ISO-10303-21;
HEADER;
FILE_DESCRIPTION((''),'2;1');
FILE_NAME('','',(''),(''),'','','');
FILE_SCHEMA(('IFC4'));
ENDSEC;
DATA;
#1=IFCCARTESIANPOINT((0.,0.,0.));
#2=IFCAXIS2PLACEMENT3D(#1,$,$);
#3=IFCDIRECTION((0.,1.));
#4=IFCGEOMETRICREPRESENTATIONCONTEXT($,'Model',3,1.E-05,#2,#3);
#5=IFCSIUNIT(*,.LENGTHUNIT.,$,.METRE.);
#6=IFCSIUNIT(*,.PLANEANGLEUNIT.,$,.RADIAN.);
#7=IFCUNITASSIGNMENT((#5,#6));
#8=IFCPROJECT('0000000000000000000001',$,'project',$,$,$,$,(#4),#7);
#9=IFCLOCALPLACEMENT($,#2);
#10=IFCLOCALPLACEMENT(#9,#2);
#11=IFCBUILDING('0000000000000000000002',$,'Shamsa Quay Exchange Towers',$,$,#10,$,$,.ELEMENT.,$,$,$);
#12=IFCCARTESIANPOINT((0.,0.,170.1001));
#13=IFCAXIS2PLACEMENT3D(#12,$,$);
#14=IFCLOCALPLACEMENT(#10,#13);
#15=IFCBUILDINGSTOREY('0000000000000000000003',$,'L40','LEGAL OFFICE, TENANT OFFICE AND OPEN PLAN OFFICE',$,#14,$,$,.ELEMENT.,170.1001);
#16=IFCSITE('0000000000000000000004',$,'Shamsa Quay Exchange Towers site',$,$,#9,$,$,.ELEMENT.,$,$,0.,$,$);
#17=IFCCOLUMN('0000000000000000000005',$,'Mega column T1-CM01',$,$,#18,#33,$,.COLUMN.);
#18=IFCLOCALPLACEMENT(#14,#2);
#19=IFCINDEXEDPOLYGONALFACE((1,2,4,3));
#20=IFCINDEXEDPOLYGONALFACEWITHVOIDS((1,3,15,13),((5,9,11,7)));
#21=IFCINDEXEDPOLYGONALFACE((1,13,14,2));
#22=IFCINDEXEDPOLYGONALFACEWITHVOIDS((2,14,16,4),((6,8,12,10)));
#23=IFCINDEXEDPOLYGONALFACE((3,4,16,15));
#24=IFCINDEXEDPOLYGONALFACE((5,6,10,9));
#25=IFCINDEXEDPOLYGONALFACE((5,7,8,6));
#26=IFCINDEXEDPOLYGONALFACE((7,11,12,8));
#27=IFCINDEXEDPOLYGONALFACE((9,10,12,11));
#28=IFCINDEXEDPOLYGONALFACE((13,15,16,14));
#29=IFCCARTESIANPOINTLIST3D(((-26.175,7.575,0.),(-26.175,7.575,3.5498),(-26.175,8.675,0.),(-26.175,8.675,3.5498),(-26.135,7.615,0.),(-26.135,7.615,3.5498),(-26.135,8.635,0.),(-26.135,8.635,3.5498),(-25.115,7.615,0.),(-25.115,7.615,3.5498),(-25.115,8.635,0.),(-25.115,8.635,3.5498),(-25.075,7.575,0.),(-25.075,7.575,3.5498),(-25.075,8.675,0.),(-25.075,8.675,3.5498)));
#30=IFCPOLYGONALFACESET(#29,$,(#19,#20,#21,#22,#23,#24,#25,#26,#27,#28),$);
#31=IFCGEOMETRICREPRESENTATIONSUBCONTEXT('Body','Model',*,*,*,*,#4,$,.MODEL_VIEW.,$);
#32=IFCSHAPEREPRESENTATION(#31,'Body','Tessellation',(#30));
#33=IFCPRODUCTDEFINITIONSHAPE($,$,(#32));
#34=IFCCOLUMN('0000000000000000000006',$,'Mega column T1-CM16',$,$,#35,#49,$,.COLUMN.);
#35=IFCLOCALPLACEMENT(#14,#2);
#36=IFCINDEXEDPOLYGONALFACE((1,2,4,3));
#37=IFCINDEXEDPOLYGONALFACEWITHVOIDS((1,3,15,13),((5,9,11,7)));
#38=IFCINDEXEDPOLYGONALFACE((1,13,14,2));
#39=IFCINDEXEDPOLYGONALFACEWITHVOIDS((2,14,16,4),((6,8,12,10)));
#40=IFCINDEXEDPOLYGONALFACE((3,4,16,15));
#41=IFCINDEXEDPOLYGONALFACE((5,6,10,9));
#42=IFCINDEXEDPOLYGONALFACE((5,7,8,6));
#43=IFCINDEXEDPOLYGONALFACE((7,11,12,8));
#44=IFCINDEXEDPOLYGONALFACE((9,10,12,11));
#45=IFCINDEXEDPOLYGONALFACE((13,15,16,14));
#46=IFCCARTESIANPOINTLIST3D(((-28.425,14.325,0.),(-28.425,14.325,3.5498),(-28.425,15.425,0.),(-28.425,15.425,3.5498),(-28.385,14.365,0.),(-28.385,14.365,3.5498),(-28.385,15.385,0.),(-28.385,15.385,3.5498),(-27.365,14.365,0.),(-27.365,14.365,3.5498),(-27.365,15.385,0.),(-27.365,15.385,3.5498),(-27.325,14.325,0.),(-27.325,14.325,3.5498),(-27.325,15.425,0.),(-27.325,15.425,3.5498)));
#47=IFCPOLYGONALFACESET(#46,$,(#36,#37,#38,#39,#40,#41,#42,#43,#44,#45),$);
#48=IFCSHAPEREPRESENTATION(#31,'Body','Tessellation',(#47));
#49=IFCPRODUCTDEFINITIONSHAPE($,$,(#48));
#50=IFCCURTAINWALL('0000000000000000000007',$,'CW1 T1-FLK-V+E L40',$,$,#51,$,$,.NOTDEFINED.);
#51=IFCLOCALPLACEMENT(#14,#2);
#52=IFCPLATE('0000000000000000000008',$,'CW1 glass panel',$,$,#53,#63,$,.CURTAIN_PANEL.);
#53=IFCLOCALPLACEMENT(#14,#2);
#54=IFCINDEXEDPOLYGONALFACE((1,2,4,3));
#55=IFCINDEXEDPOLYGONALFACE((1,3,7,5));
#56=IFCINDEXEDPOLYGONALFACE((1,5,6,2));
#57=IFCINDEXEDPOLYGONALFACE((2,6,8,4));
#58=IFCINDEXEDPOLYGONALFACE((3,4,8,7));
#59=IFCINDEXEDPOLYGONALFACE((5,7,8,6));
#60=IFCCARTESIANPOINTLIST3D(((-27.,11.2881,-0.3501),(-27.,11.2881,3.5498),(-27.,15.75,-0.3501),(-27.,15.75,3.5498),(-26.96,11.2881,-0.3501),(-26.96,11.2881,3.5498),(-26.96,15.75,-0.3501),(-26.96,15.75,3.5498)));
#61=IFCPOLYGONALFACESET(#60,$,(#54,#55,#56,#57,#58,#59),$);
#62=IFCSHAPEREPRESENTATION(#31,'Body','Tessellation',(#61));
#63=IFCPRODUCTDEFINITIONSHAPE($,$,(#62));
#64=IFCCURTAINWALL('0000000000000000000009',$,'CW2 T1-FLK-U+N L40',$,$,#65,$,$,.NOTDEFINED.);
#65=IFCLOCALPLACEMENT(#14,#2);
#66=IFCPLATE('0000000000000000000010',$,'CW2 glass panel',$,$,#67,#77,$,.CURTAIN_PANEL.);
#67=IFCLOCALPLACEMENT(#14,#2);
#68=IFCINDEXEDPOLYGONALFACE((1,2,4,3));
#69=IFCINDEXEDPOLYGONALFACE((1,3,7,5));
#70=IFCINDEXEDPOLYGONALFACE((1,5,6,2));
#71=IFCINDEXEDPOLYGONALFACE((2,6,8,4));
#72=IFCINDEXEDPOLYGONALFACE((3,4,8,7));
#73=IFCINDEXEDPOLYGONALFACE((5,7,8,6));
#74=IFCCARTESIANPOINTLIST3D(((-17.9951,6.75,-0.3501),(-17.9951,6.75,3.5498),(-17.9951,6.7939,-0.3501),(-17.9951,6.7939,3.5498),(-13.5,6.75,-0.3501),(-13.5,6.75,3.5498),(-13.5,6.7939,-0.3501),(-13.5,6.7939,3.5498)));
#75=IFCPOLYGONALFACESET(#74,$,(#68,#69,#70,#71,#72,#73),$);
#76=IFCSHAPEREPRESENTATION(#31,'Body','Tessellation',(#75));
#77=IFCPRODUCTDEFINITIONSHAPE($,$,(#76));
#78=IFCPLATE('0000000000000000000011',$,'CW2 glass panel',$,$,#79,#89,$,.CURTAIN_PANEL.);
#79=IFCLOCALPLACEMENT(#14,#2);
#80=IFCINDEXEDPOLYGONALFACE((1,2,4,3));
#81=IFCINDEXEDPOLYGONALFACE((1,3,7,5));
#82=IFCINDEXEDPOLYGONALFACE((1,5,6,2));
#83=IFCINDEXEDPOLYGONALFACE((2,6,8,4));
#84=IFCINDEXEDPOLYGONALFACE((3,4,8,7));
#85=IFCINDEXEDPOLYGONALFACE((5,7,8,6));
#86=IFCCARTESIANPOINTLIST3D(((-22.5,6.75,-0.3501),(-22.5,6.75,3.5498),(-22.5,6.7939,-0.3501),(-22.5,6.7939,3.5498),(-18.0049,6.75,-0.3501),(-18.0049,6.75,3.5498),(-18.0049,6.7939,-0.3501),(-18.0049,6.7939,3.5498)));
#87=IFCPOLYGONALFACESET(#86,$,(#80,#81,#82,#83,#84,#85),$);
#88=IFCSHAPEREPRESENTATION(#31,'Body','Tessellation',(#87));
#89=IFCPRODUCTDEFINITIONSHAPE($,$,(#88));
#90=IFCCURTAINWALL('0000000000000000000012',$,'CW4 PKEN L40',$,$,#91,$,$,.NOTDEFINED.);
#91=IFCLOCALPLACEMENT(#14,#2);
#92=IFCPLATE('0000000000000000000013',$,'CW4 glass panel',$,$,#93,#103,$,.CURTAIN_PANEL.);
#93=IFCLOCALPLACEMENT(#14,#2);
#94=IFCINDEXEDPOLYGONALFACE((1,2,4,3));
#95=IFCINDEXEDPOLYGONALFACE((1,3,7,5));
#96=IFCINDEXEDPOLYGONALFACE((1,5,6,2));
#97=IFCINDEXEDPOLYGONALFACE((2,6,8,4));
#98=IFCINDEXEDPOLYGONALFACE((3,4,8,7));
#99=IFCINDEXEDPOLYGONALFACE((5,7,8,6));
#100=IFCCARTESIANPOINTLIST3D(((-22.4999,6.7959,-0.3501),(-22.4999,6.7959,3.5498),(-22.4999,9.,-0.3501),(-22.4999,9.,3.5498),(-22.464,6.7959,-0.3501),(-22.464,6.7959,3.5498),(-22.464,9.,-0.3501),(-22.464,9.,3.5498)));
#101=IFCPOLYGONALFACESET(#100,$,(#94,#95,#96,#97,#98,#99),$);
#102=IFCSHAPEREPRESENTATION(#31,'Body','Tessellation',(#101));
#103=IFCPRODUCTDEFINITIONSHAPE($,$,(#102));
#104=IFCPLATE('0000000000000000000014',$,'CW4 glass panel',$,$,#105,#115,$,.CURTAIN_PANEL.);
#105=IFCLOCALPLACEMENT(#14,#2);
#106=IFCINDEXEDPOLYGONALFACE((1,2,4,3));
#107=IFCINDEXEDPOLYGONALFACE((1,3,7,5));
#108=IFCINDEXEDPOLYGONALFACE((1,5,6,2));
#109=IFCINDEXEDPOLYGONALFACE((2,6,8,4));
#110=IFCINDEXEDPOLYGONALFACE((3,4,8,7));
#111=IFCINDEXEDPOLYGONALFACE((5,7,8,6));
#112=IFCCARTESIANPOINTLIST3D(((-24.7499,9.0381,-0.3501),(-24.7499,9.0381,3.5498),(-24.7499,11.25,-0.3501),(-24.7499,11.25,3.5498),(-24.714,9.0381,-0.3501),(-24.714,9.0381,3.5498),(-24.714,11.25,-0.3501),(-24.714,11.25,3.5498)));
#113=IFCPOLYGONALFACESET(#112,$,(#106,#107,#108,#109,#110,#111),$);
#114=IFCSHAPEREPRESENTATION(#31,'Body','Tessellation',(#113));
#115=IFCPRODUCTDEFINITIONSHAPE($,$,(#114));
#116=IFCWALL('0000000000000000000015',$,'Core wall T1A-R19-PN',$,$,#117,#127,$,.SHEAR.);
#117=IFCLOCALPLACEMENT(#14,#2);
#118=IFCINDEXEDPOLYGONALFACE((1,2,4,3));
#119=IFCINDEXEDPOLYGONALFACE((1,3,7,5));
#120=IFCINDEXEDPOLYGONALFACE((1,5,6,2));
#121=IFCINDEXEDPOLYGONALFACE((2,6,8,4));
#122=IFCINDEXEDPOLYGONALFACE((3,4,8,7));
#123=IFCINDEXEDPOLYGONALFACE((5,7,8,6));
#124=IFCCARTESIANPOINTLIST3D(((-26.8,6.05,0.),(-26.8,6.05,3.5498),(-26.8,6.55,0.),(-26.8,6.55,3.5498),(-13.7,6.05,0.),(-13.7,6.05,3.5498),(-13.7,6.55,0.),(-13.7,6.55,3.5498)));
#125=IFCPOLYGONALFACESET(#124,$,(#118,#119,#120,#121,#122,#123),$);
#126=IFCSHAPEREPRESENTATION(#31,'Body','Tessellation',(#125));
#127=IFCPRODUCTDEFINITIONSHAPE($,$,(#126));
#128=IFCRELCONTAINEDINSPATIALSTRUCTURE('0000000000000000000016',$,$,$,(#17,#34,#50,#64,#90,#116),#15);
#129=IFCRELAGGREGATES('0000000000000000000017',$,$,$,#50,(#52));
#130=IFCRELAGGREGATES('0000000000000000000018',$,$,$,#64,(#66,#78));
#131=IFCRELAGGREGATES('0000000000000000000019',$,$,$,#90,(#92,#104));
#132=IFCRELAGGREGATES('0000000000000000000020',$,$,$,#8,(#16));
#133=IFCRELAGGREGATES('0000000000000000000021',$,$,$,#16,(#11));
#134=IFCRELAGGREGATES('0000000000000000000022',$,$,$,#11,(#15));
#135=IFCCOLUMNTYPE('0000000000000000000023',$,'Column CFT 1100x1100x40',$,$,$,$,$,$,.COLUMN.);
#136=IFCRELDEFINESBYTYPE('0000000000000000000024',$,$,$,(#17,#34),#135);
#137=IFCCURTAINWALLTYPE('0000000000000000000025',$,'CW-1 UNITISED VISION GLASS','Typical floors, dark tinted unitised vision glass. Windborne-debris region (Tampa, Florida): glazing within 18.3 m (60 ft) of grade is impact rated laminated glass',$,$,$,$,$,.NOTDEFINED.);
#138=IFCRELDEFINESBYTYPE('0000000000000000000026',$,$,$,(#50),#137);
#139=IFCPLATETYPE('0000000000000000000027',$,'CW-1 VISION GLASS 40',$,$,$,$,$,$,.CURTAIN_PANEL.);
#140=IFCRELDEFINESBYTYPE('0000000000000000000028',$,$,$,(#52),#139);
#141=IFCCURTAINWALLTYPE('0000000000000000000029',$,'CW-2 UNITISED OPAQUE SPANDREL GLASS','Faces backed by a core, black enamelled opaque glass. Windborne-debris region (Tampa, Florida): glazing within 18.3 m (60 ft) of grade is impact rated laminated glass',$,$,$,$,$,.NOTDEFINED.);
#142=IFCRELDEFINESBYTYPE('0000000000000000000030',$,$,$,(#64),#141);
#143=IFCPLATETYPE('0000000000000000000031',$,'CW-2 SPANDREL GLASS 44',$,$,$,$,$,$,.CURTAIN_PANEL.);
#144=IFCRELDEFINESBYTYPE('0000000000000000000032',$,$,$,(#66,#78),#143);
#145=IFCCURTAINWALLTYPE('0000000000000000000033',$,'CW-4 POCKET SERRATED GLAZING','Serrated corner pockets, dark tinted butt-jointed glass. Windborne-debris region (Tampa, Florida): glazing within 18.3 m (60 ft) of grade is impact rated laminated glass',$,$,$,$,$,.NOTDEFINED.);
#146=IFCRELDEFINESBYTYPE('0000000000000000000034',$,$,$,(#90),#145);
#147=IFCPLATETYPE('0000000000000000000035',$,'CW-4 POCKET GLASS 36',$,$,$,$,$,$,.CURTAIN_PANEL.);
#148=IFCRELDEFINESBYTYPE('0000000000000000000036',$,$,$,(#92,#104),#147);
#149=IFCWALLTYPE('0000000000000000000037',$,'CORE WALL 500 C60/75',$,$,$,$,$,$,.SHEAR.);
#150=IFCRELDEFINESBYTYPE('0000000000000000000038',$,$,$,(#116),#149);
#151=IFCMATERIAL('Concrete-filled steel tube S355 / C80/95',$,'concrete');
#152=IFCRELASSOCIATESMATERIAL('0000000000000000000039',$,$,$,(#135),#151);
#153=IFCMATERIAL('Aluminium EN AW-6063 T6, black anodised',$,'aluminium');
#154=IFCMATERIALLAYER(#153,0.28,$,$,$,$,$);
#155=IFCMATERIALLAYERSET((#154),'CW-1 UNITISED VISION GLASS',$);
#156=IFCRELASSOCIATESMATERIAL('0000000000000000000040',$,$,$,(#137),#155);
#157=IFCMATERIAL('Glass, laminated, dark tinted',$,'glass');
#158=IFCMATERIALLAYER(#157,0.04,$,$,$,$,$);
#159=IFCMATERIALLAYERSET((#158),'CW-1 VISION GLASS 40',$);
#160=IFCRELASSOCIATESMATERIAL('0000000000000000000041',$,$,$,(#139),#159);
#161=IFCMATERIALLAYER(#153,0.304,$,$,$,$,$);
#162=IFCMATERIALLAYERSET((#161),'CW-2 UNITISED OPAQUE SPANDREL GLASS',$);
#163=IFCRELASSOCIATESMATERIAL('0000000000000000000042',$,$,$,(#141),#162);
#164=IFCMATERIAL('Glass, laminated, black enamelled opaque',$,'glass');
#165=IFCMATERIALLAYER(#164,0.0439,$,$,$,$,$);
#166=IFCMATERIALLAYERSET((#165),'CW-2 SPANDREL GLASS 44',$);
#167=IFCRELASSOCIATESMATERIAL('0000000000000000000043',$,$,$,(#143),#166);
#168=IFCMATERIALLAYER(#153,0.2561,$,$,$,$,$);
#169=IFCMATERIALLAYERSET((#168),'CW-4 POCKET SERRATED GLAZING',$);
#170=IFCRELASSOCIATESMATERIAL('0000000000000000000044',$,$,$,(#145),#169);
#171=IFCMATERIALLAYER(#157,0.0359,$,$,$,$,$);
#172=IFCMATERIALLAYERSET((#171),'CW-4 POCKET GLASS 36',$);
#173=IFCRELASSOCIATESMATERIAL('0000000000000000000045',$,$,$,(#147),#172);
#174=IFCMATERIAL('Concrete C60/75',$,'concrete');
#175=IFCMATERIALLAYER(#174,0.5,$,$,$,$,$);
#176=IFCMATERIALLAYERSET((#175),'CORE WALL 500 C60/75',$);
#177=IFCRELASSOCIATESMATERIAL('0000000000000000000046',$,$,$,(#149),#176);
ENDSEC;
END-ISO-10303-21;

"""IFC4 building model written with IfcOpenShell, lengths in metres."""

from ifc_helpers import new_model, si_unit, direction, frame, frame_2d, origin, origin_2d, place, context, subcontext, project, spatial, rectangle, hollow_rectangle, extrude, material, layer, layer_set, material_profile, profile_set, type_object, element, aggregate, save


model = new_model("IFC4")

# Units and contexts
model_context = context("Model", 3, precision=1e-05, world=origin(), true_north=direction((0.0, 1.0)))
body_context = subcontext(model_context, "Body", "Model", "MODEL_VIEW")
ifc_project = project(units=[si_unit("LENGTHUNIT", "METRE"), si_unit("PLANEANGLEUNIT", "RADIAN")], contexts=[model_context])

# Site, building, storey
site_placement = place(None, origin())
site = spatial("IfcSite", under=ifc_project, at=site_placement, Name="Shamsa Quay Exchange Towers site", CompositionType="ELEMENT", RefElevation=0.0)
building_placement = place(site_placement, origin())
building = spatial("IfcBuilding", under=site, at=building_placement, Name="Shamsa Quay Exchange Towers", CompositionType="ELEMENT")
storey_placement = place(building_placement, frame((0.0, 0.0, 170.1001)))
storey = spatial("IfcBuildingStorey", under=building, at=storey_placement, Name="L40", Description="LEGAL OFFICE, TENANT OFFICE AND OPEN PLAN OFFICE", CompositionType="ELEMENT", Elevation=170.1001)

# Columns
ifc_material_1 = material(Name="Concrete-filled steel tube S355 / C80/95", Category="concrete")
ifc_material_profile = material_profile(ifc_material_1, hollow_rectangle(XDim=1.1001, YDim=1.1001, WallThickness=0.04, at=origin_2d()), Name="CFT 1100x1100x40")
ifc_profile_set = profile_set([ifc_material_profile], Name="Concrete-filled steel tube S355 / C80/95")
column_type = type_object("IfcColumnType", Name="Column CFT 1100x1100x40", PredefinedType="COLUMN", material=ifc_profile_set)
for number, where, name in (
    (1, (-25.625, 8.125, 0.0), "Mega column T1-CM01"),
    (2, (-27.875, 14.875, 0.0), "Mega column T1-CM16"),
):
    element("IfcColumn", number, at=place(storey_placement, frame(where)), inside=storey, type_object=column_type, Name=name, PredefinedType="COLUMN", context=body_context, shape_type="SweptSolid", body=[
        extrude(hollow_rectangle(XDim=1.1001, YDim=1.1001, WallThickness=0.04, at=origin_2d()), origin(), (0.0, 0.0, 1.0), 3.5498),
    ])

# Curtain wall, plate
ifc_material_2 = material(Name="Aluminium EN AW-6063 T6, black anodised", Category="aluminium")
ifc_layer_1 = layer(ifc_material_2, 0.28)
ifc_layer_set_1 = layer_set([ifc_layer_1], Name="CW-1 UNITISED VISION GLASS")
curtain_wall_type_1 = type_object("IfcCurtainWallType", Name="CW-1 UNITISED VISION GLASS", Description="Typical floors, dark tinted unitised vision glass. Windborne-debris region (Tampa, Florida): glazing within 18.3 m (60 ft) of grade is impact rated laminated glass", PredefinedType="NOTDEFINED", material=ifc_layer_set_1)
curtain_wall_1_placement = place(storey_placement, origin())
curtain_wall_1 = element("IfcCurtainWall", 3, at=curtain_wall_1_placement, inside=storey, type_object=curtain_wall_type_1, Name="CW1 T1-FLK-V+E L40", PredefinedType="NOTDEFINED")
ifc_material_3 = material(Name="Glass, laminated, dark tinted", Category="glass")
ifc_layer_2 = layer(ifc_material_3, 0.04)
ifc_layer_set_2 = layer_set([ifc_layer_2], Name="CW-1 VISION GLASS 40")
plate_type_1 = type_object("IfcPlateType", Name="CW-1 VISION GLASS 40", PredefinedType="CURTAIN_PANEL", material=ifc_layer_set_2)
plate_1_placement = place(storey_placement, frame((-26.98, 13.519, -0.3501), z_axis=(0.0, 0.0, 1.0), x_axis=(0.0, 1.0, 0.0)))
plate_1 = element("IfcPlate", 4, at=plate_1_placement, type_object=plate_type_1, Name="CW1 glass panel", PredefinedType="CURTAIN_PANEL", context=body_context, shape_type="SweptSolid", body=[
    extrude(rectangle(XDim=4.4619, YDim=0.04, at=origin_2d()), origin(), (0.0, 0.0, 1.0), 3.8999),
])
aggregate(curtain_wall_1, [plate_1])

# Curtain walls, plates
ifc_layer_3 = layer(ifc_material_2, 0.304)
ifc_layer_set_3 = layer_set([ifc_layer_3], Name="CW-2 UNITISED OPAQUE SPANDREL GLASS")
curtain_wall_type_2 = type_object("IfcCurtainWallType", Name="CW-2 UNITISED OPAQUE SPANDREL GLASS", Description="Faces backed by a core, black enamelled opaque glass. Windborne-debris region (Tampa, Florida): glazing within 18.3 m (60 ft) of grade is impact rated laminated glass", PredefinedType="NOTDEFINED", material=ifc_layer_set_3)
curtain_wall_2_placement = place(storey_placement, origin())
curtain_wall_2 = element("IfcCurtainWall", 5, at=curtain_wall_2_placement, inside=storey, type_object=curtain_wall_type_2, Name="CW2 T1-FLK-U+N L40", PredefinedType="NOTDEFINED")
ifc_material_4 = material(Name="Glass, laminated, black enamelled opaque", Category="glass")
ifc_layer_4 = layer(ifc_material_4, 0.0439)
ifc_layer_set_4 = layer_set([ifc_layer_4], Name="CW-2 SPANDREL GLASS 44")
plate_type_2 = type_object("IfcPlateType", Name="CW-2 SPANDREL GLASS 44", PredefinedType="CURTAIN_PANEL", material=ifc_layer_set_4)
plate_2_placement = place(storey_placement, frame((-15.7476, 6.772, -0.3501), z_axis=(0.0, 0.0, 1.0), x_axis=(-1.0, 0.0, 0.0)))
plate_2 = element("IfcPlate", 6, at=plate_2_placement, type_object=plate_type_2, Name="CW2 glass panel", PredefinedType="CURTAIN_PANEL", context=body_context, shape_type="SweptSolid", body=[
    extrude(rectangle(XDim=4.4951, YDim=0.0439, at=origin_2d()), origin(), (0.0, 0.0, 1.0), 3.8999),
])
plate_3_placement = place(storey_placement, frame((-20.2524, 6.772, -0.3501), z_axis=(0.0, 0.0, 1.0), x_axis=(-1.0, 0.0, 0.0)))
plate_3 = element("IfcPlate", 7, at=plate_3_placement, type_object=plate_type_2, Name="CW2 glass panel", PredefinedType="CURTAIN_PANEL", context=body_context, shape_type="SweptSolid", body=[
    extrude(rectangle(XDim=4.4951, YDim=0.0439, at=origin_2d()), origin(), (0.0, 0.0, 1.0), 3.8999),
])
aggregate(curtain_wall_2, [plate_2, plate_3])
ifc_layer_5 = layer(ifc_material_2, 0.2561)
ifc_layer_set_5 = layer_set([ifc_layer_5], Name="CW-4 POCKET SERRATED GLAZING")
curtain_wall_type_3 = type_object("IfcCurtainWallType", Name="CW-4 POCKET SERRATED GLAZING", Description="Serrated corner pockets, dark tinted butt-jointed glass. Windborne-debris region (Tampa, Florida): glazing within 18.3 m (60 ft) of grade is impact rated laminated glass", PredefinedType="NOTDEFINED", material=ifc_layer_set_5)
curtain_wall_3_placement = place(storey_placement, origin())
curtain_wall_3 = element("IfcCurtainWall", 8, at=curtain_wall_3_placement, inside=storey, type_object=curtain_wall_type_3, Name="CW4 PKEN L40", PredefinedType="NOTDEFINED")
ifc_layer_6 = layer(ifc_material_3, 0.0359)
ifc_layer_set_6 = layer_set([ifc_layer_6], Name="CW-4 POCKET GLASS 36")
plate_type_3 = type_object("IfcPlateType", Name="CW-4 POCKET GLASS 36", PredefinedType="CURTAIN_PANEL", material=ifc_layer_set_6)
plate_4_placement = place(storey_placement, frame((-22.4819, 7.8979, -0.3501), z_axis=(0.0, 0.0, 1.0), x_axis=(0.0, 1.0, 0.0)))
plate_4 = element("IfcPlate", 9, at=plate_4_placement, type_object=plate_type_3, Name="CW4 glass panel", PredefinedType="CURTAIN_PANEL", context=body_context, shape_type="SweptSolid", body=[
    extrude(rectangle(XDim=2.2041, YDim=0.0359, at=origin_2d()), origin(), (0.0, 0.0, 1.0), 3.8999),
])
plate_5_placement = place(storey_placement, frame((-24.7319, 10.144, -0.3501), z_axis=(0.0, 0.0, 1.0), x_axis=(0.0, 1.0, 0.0)))
plate_5 = element("IfcPlate", 10, at=plate_5_placement, type_object=plate_type_3, Name="CW4 glass panel", PredefinedType="CURTAIN_PANEL", context=body_context, shape_type="SweptSolid", body=[
    extrude(rectangle(XDim=2.2119, YDim=0.0359, at=origin_2d()), origin(), (0.0, 0.0, 1.0), 3.8999),
])
aggregate(curtain_wall_3, [plate_4, plate_5])

# Wall
ifc_material_5 = material(Name="Concrete C60/75", Category="concrete")
ifc_layer_7 = layer(ifc_material_5, 0.5)
ifc_layer_set_7 = layer_set([ifc_layer_7], Name="CORE WALL 500 C60/75")
wall_type_1 = type_object("IfcWallType", Name="CORE WALL 500 C60/75", PredefinedType="SHEAR", material=ifc_layer_set_7)
wall_1_placement = place(storey_placement, frame((-26.8, 6.3, 0.0)))
element("IfcWall", 11, at=wall_1_placement, inside=storey, type_object=wall_type_1, Name="Core wall T1A-R19-PN", PredefinedType="SHEAR", context=body_context, shape_type="SweptSolid", body=[
    extrude(rectangle(XDim=13.1001, YDim=0.5, at=frame_2d((6.55, 0.0))), origin(), (0.0, 0.0, 1.0), 3.5498),
])

save(model, "model.ifc")
